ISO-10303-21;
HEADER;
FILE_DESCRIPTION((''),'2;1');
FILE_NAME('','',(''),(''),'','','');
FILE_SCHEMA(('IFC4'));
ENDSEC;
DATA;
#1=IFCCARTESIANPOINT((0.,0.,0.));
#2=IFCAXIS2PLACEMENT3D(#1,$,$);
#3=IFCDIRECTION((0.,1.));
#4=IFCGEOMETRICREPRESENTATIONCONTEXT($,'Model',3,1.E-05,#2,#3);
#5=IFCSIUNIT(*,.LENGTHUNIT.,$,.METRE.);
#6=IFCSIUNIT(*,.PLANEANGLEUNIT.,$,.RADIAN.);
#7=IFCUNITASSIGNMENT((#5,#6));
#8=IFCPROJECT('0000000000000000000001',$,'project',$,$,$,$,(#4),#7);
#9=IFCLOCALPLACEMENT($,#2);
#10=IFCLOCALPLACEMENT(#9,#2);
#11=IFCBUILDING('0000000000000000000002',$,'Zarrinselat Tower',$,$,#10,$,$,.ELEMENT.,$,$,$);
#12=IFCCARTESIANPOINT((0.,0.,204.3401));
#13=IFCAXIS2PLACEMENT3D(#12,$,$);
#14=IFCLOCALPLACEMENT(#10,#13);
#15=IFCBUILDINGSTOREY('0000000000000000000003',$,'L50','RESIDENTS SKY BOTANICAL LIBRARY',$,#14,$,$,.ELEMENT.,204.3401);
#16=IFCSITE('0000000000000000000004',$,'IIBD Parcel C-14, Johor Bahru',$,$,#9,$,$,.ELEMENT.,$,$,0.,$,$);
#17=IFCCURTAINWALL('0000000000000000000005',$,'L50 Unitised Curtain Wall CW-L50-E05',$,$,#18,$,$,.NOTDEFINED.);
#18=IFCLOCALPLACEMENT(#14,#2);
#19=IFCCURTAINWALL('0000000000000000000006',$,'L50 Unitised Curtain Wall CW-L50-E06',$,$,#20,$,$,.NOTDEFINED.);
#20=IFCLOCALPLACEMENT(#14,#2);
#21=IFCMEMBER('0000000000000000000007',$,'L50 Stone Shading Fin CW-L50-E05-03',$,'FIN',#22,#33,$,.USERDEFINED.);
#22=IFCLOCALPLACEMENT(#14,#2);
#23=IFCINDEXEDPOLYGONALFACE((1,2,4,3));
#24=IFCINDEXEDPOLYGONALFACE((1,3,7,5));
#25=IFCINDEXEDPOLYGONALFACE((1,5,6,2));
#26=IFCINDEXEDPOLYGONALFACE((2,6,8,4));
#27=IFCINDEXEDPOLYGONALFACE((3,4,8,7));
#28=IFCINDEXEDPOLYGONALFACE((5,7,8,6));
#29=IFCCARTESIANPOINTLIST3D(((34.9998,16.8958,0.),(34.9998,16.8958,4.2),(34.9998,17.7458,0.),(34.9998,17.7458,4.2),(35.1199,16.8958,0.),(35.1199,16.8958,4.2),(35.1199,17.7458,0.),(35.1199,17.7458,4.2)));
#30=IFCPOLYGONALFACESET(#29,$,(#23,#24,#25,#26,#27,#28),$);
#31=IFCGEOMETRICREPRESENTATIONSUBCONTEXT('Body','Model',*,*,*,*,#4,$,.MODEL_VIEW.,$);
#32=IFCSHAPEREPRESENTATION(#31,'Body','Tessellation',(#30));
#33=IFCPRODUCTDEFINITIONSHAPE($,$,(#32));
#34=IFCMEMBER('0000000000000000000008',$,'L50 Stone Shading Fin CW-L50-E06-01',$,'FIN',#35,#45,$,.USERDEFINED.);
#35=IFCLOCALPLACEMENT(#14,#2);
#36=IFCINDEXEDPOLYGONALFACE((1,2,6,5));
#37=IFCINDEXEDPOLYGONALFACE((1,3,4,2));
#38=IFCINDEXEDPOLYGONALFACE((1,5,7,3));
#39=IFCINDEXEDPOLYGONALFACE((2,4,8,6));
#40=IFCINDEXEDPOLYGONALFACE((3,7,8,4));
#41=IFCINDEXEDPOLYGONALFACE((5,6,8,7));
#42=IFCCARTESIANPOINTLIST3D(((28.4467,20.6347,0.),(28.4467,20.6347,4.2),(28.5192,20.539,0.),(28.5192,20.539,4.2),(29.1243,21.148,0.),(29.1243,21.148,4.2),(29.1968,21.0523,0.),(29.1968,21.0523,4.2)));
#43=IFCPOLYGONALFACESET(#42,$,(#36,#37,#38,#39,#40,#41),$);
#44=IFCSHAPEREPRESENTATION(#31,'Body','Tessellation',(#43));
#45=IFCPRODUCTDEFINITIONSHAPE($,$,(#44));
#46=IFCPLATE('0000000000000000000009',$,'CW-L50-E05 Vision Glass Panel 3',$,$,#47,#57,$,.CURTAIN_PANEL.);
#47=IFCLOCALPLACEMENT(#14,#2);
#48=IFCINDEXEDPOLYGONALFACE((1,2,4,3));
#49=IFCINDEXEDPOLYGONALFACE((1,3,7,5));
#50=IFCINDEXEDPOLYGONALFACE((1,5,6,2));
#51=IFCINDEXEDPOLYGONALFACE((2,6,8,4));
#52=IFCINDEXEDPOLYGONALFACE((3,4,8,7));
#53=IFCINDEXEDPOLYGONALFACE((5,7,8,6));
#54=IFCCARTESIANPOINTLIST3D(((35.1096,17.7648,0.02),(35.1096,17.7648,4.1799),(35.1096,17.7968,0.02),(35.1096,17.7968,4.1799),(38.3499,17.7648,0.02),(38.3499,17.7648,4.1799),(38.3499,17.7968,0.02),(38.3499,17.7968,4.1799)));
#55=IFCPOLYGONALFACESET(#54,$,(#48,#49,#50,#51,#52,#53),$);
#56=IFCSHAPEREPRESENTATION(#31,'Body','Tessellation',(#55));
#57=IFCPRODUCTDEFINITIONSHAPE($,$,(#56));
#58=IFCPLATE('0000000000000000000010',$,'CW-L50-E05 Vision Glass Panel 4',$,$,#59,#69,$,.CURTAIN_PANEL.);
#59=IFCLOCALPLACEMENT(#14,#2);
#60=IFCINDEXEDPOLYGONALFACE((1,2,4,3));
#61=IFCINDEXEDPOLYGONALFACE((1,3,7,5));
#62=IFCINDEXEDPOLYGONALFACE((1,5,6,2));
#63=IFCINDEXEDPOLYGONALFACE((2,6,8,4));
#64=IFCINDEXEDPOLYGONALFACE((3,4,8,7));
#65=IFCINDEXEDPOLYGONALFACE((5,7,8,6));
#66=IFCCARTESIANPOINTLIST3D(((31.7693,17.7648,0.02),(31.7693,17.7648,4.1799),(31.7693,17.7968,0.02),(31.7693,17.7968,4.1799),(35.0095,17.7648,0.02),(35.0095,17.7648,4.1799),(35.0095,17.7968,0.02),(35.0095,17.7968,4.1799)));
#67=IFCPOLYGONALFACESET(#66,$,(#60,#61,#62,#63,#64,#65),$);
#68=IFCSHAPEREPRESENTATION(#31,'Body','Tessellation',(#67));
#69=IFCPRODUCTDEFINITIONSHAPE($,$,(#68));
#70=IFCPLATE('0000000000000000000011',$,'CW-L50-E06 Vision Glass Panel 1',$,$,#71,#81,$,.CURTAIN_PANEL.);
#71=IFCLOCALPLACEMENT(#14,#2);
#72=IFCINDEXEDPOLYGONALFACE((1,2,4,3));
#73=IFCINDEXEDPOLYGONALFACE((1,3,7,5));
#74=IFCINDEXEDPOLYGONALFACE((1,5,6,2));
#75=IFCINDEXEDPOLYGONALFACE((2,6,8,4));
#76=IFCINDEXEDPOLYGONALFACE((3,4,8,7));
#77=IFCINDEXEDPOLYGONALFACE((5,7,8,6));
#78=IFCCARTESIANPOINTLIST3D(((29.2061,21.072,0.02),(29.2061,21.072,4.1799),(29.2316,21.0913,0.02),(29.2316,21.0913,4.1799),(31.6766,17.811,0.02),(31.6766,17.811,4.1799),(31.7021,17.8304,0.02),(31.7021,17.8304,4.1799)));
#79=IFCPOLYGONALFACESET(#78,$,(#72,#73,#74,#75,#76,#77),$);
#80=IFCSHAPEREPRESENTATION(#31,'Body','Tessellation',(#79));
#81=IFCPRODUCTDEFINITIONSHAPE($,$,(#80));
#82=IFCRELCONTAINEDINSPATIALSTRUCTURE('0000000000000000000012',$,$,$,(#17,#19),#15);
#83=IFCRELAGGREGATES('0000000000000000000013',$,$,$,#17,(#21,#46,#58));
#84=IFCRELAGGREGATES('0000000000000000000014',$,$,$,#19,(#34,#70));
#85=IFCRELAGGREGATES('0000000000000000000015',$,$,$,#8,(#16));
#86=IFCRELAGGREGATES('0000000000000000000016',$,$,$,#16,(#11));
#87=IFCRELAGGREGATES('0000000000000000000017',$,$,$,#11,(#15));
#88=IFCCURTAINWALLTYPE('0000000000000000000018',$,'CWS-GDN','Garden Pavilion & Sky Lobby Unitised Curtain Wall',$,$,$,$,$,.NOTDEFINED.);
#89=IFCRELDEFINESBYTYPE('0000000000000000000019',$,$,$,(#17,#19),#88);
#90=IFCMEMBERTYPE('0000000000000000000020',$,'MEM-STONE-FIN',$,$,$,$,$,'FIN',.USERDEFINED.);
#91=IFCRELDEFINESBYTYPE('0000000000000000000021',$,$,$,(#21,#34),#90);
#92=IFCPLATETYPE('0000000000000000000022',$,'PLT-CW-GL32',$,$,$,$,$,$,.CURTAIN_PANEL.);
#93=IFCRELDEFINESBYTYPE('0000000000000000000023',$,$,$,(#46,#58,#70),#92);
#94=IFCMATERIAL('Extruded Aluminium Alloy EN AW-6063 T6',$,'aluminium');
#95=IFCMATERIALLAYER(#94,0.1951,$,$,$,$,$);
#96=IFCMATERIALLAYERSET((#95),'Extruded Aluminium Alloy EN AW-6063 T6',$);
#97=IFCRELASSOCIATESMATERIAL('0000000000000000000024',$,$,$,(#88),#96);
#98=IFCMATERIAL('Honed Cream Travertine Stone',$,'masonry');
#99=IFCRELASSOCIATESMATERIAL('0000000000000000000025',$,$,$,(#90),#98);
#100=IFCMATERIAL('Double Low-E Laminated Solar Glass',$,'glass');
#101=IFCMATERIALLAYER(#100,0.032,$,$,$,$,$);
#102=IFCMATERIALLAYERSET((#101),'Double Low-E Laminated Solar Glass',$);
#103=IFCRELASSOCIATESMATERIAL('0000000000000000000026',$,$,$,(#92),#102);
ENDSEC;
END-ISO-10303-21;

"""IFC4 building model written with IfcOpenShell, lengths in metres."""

from ifc_helpers import new_model, si_unit, direction, frame, origin, origin_2d, place, context, subcontext, project, spatial, rectangle, extrude, material, layer, layer_set, material_profile, profile_set, type_object, element, aggregate, save


model = new_model("IFC4")

# Units and contexts
model_context = context("Model", 3, precision=1e-05, world=origin(), true_north=direction((0.0, 1.0)))
body_context = subcontext(model_context, "Body", "Model", "MODEL_VIEW")
ifc_project = project(units=[si_unit("LENGTHUNIT", "METRE"), si_unit("PLANEANGLEUNIT", "RADIAN")], contexts=[model_context])

# Site, building, storey
site_placement = place(None, origin())
site = spatial("IfcSite", under=ifc_project, at=site_placement, Name="IIBD Parcel C-14, Johor Bahru", CompositionType="ELEMENT", RefElevation=0.0)
building_placement = place(site_placement, origin())
building = spatial("IfcBuilding", under=site, at=building_placement, Name="Zarrinselat Tower", CompositionType="ELEMENT")
storey_placement = place(building_placement, frame((0.0, 0.0, 204.3401)))
storey = spatial("IfcBuildingStorey", under=building, at=storey_placement, Name="L50", Description="RESIDENTS SKY BOTANICAL LIBRARY", CompositionType="ELEMENT", Elevation=204.3401)

# Curtain walls
ifc_material_1 = material(Name="Extruded Aluminium Alloy EN AW-6063 T6", Category="aluminium")
ifc_layer_1 = layer(ifc_material_1, 0.1951)
ifc_layer_set_1 = layer_set([ifc_layer_1], Name="Extruded Aluminium Alloy EN AW-6063 T6")
curtain_wall_type = type_object("IfcCurtainWallType", Name="CWS-GDN", Description="Garden Pavilion & Sky Lobby Unitised Curtain Wall", PredefinedType="NOTDEFINED", material=ifc_layer_set_1)
curtain_wall_1_placement = place(storey_placement, origin())
curtain_wall_1 = element("IfcCurtainWall", 1, at=curtain_wall_1_placement, inside=storey, type_object=curtain_wall_type, Name="L50 Unitised Curtain Wall CW-L50-E05", PredefinedType="NOTDEFINED")
curtain_wall_2_placement = place(storey_placement, origin())
curtain_wall_2 = element("IfcCurtainWall", 2, at=curtain_wall_2_placement, inside=storey, type_object=curtain_wall_type, Name="L50 Unitised Curtain Wall CW-L50-E06", PredefinedType="NOTDEFINED")

# Members
ifc_material_2 = material(Name="Honed Cream Travertine Stone", Category="masonry")
ifc_material_profile_1 = material_profile(ifc_material_2, rectangle(XDim=0.1201, YDim=0.8501, at=origin_2d()), Name="FIN 850x120")
ifc_profile_set_1 = profile_set([ifc_material_profile_1], Name="Honed Cream Travertine Stone")
member_type_1 = type_object("IfcMemberType", Name="MEM-STONE-FIN", ElementType="FIN", PredefinedType="USERDEFINED", material=ifc_profile_set_1)
member_1_placement = place(storey_placement, frame((35.0598, 17.3208, 0.0), z_axis=(0.0, 0.0, 1.0), x_axis=(-1.0, 0.0, 0.0)))
member_1 = element("IfcMember", 3, at=member_1_placement, type_object=member_type_1, Name="L50 Stone Shading Fin CW-L50-E05-03", ObjectType="FIN", PredefinedType="USERDEFINED", context=body_context, shape_type="SweptSolid", body=[
    extrude(rectangle(XDim=0.1201, YDim=0.8501, at=origin_2d()), origin(), (0.0, 0.0, 1.0), 4.2),
])
member_2_placement = place(storey_placement, frame((28.8218, 20.8435, 0.0), z_axis=(0.0, 0.0, 1.0), x_axis=(-0.603858, 0.797092, 0.0)))
member_2 = element("IfcMember", 4, at=member_2_placement, type_object=member_type_1, Name="L50 Stone Shading Fin CW-L50-E06-01", ObjectType="FIN", PredefinedType="USERDEFINED", context=body_context, shape_type="SweptSolid", body=[
    extrude(rectangle(XDim=0.1201, YDim=0.8501, at=origin_2d()), origin(), (0.0, 0.0, 1.0), 4.2),
])

# Plates
ifc_material_3 = material(Name="Double Low-E Laminated Solar Glass", Category="glass")
ifc_layer_2 = layer(ifc_material_3, 0.032)
ifc_layer_set_2 = layer_set([ifc_layer_2], Name="Double Low-E Laminated Solar Glass")
plate_type = type_object("IfcPlateType", Name="PLT-CW-GL32", PredefinedType="CURTAIN_PANEL", material=ifc_layer_set_2)
plate_1_placement = place(storey_placement, frame((36.7297, 17.7808, 0.02), z_axis=(0.0, 0.0, 1.0), x_axis=(-1.0, 0.0, 0.0)))
plate_1 = element("IfcPlate", 5, at=plate_1_placement, type_object=plate_type, Name="CW-L50-E05 Vision Glass Panel 3", PredefinedType="CURTAIN_PANEL", context=body_context, shape_type="SweptSolid", body=[
    extrude(rectangle(XDim=3.2402, YDim=0.032, at=origin_2d()), origin(), (0.0, 0.0, 1.0), 4.1599),
])
plate_2_placement = place(storey_placement, frame((33.3894, 17.7808, 0.02), z_axis=(0.0, 0.0, 1.0), x_axis=(-1.0, 0.0, 0.0)))
plate_2 = element("IfcPlate", 6, at=plate_2_placement, type_object=plate_type, Name="CW-L50-E05 Vision Glass Panel 4", PredefinedType="CURTAIN_PANEL", context=body_context, shape_type="SweptSolid", body=[
    extrude(rectangle(XDim=3.2402, YDim=0.032, at=origin_2d()), origin(), (0.0, 0.0, 1.0), 4.1599),
])
aggregate(curtain_wall_1, [member_1, plate_1, plate_2])
plate_3_placement = place(storey_placement, frame((30.4541, 19.4512, 0.02), z_axis=(0.0, 0.0, 1.0), x_axis=(-0.603858, 0.797092, 0.0)))
plate_3 = element("IfcPlate", 7, at=plate_3_placement, type_object=plate_type, Name="CW-L50-E06 Vision Glass Panel 1", PredefinedType="CURTAIN_PANEL", context=body_context, shape_type="SweptSolid", body=[
    extrude(rectangle(XDim=4.0911, YDim=0.032, at=origin_2d()), origin(), (0.0, 0.0, 1.0), 4.1599),
])
aggregate(curtain_wall_2, [member_2, plate_3])

save(model, "model.ifc")
